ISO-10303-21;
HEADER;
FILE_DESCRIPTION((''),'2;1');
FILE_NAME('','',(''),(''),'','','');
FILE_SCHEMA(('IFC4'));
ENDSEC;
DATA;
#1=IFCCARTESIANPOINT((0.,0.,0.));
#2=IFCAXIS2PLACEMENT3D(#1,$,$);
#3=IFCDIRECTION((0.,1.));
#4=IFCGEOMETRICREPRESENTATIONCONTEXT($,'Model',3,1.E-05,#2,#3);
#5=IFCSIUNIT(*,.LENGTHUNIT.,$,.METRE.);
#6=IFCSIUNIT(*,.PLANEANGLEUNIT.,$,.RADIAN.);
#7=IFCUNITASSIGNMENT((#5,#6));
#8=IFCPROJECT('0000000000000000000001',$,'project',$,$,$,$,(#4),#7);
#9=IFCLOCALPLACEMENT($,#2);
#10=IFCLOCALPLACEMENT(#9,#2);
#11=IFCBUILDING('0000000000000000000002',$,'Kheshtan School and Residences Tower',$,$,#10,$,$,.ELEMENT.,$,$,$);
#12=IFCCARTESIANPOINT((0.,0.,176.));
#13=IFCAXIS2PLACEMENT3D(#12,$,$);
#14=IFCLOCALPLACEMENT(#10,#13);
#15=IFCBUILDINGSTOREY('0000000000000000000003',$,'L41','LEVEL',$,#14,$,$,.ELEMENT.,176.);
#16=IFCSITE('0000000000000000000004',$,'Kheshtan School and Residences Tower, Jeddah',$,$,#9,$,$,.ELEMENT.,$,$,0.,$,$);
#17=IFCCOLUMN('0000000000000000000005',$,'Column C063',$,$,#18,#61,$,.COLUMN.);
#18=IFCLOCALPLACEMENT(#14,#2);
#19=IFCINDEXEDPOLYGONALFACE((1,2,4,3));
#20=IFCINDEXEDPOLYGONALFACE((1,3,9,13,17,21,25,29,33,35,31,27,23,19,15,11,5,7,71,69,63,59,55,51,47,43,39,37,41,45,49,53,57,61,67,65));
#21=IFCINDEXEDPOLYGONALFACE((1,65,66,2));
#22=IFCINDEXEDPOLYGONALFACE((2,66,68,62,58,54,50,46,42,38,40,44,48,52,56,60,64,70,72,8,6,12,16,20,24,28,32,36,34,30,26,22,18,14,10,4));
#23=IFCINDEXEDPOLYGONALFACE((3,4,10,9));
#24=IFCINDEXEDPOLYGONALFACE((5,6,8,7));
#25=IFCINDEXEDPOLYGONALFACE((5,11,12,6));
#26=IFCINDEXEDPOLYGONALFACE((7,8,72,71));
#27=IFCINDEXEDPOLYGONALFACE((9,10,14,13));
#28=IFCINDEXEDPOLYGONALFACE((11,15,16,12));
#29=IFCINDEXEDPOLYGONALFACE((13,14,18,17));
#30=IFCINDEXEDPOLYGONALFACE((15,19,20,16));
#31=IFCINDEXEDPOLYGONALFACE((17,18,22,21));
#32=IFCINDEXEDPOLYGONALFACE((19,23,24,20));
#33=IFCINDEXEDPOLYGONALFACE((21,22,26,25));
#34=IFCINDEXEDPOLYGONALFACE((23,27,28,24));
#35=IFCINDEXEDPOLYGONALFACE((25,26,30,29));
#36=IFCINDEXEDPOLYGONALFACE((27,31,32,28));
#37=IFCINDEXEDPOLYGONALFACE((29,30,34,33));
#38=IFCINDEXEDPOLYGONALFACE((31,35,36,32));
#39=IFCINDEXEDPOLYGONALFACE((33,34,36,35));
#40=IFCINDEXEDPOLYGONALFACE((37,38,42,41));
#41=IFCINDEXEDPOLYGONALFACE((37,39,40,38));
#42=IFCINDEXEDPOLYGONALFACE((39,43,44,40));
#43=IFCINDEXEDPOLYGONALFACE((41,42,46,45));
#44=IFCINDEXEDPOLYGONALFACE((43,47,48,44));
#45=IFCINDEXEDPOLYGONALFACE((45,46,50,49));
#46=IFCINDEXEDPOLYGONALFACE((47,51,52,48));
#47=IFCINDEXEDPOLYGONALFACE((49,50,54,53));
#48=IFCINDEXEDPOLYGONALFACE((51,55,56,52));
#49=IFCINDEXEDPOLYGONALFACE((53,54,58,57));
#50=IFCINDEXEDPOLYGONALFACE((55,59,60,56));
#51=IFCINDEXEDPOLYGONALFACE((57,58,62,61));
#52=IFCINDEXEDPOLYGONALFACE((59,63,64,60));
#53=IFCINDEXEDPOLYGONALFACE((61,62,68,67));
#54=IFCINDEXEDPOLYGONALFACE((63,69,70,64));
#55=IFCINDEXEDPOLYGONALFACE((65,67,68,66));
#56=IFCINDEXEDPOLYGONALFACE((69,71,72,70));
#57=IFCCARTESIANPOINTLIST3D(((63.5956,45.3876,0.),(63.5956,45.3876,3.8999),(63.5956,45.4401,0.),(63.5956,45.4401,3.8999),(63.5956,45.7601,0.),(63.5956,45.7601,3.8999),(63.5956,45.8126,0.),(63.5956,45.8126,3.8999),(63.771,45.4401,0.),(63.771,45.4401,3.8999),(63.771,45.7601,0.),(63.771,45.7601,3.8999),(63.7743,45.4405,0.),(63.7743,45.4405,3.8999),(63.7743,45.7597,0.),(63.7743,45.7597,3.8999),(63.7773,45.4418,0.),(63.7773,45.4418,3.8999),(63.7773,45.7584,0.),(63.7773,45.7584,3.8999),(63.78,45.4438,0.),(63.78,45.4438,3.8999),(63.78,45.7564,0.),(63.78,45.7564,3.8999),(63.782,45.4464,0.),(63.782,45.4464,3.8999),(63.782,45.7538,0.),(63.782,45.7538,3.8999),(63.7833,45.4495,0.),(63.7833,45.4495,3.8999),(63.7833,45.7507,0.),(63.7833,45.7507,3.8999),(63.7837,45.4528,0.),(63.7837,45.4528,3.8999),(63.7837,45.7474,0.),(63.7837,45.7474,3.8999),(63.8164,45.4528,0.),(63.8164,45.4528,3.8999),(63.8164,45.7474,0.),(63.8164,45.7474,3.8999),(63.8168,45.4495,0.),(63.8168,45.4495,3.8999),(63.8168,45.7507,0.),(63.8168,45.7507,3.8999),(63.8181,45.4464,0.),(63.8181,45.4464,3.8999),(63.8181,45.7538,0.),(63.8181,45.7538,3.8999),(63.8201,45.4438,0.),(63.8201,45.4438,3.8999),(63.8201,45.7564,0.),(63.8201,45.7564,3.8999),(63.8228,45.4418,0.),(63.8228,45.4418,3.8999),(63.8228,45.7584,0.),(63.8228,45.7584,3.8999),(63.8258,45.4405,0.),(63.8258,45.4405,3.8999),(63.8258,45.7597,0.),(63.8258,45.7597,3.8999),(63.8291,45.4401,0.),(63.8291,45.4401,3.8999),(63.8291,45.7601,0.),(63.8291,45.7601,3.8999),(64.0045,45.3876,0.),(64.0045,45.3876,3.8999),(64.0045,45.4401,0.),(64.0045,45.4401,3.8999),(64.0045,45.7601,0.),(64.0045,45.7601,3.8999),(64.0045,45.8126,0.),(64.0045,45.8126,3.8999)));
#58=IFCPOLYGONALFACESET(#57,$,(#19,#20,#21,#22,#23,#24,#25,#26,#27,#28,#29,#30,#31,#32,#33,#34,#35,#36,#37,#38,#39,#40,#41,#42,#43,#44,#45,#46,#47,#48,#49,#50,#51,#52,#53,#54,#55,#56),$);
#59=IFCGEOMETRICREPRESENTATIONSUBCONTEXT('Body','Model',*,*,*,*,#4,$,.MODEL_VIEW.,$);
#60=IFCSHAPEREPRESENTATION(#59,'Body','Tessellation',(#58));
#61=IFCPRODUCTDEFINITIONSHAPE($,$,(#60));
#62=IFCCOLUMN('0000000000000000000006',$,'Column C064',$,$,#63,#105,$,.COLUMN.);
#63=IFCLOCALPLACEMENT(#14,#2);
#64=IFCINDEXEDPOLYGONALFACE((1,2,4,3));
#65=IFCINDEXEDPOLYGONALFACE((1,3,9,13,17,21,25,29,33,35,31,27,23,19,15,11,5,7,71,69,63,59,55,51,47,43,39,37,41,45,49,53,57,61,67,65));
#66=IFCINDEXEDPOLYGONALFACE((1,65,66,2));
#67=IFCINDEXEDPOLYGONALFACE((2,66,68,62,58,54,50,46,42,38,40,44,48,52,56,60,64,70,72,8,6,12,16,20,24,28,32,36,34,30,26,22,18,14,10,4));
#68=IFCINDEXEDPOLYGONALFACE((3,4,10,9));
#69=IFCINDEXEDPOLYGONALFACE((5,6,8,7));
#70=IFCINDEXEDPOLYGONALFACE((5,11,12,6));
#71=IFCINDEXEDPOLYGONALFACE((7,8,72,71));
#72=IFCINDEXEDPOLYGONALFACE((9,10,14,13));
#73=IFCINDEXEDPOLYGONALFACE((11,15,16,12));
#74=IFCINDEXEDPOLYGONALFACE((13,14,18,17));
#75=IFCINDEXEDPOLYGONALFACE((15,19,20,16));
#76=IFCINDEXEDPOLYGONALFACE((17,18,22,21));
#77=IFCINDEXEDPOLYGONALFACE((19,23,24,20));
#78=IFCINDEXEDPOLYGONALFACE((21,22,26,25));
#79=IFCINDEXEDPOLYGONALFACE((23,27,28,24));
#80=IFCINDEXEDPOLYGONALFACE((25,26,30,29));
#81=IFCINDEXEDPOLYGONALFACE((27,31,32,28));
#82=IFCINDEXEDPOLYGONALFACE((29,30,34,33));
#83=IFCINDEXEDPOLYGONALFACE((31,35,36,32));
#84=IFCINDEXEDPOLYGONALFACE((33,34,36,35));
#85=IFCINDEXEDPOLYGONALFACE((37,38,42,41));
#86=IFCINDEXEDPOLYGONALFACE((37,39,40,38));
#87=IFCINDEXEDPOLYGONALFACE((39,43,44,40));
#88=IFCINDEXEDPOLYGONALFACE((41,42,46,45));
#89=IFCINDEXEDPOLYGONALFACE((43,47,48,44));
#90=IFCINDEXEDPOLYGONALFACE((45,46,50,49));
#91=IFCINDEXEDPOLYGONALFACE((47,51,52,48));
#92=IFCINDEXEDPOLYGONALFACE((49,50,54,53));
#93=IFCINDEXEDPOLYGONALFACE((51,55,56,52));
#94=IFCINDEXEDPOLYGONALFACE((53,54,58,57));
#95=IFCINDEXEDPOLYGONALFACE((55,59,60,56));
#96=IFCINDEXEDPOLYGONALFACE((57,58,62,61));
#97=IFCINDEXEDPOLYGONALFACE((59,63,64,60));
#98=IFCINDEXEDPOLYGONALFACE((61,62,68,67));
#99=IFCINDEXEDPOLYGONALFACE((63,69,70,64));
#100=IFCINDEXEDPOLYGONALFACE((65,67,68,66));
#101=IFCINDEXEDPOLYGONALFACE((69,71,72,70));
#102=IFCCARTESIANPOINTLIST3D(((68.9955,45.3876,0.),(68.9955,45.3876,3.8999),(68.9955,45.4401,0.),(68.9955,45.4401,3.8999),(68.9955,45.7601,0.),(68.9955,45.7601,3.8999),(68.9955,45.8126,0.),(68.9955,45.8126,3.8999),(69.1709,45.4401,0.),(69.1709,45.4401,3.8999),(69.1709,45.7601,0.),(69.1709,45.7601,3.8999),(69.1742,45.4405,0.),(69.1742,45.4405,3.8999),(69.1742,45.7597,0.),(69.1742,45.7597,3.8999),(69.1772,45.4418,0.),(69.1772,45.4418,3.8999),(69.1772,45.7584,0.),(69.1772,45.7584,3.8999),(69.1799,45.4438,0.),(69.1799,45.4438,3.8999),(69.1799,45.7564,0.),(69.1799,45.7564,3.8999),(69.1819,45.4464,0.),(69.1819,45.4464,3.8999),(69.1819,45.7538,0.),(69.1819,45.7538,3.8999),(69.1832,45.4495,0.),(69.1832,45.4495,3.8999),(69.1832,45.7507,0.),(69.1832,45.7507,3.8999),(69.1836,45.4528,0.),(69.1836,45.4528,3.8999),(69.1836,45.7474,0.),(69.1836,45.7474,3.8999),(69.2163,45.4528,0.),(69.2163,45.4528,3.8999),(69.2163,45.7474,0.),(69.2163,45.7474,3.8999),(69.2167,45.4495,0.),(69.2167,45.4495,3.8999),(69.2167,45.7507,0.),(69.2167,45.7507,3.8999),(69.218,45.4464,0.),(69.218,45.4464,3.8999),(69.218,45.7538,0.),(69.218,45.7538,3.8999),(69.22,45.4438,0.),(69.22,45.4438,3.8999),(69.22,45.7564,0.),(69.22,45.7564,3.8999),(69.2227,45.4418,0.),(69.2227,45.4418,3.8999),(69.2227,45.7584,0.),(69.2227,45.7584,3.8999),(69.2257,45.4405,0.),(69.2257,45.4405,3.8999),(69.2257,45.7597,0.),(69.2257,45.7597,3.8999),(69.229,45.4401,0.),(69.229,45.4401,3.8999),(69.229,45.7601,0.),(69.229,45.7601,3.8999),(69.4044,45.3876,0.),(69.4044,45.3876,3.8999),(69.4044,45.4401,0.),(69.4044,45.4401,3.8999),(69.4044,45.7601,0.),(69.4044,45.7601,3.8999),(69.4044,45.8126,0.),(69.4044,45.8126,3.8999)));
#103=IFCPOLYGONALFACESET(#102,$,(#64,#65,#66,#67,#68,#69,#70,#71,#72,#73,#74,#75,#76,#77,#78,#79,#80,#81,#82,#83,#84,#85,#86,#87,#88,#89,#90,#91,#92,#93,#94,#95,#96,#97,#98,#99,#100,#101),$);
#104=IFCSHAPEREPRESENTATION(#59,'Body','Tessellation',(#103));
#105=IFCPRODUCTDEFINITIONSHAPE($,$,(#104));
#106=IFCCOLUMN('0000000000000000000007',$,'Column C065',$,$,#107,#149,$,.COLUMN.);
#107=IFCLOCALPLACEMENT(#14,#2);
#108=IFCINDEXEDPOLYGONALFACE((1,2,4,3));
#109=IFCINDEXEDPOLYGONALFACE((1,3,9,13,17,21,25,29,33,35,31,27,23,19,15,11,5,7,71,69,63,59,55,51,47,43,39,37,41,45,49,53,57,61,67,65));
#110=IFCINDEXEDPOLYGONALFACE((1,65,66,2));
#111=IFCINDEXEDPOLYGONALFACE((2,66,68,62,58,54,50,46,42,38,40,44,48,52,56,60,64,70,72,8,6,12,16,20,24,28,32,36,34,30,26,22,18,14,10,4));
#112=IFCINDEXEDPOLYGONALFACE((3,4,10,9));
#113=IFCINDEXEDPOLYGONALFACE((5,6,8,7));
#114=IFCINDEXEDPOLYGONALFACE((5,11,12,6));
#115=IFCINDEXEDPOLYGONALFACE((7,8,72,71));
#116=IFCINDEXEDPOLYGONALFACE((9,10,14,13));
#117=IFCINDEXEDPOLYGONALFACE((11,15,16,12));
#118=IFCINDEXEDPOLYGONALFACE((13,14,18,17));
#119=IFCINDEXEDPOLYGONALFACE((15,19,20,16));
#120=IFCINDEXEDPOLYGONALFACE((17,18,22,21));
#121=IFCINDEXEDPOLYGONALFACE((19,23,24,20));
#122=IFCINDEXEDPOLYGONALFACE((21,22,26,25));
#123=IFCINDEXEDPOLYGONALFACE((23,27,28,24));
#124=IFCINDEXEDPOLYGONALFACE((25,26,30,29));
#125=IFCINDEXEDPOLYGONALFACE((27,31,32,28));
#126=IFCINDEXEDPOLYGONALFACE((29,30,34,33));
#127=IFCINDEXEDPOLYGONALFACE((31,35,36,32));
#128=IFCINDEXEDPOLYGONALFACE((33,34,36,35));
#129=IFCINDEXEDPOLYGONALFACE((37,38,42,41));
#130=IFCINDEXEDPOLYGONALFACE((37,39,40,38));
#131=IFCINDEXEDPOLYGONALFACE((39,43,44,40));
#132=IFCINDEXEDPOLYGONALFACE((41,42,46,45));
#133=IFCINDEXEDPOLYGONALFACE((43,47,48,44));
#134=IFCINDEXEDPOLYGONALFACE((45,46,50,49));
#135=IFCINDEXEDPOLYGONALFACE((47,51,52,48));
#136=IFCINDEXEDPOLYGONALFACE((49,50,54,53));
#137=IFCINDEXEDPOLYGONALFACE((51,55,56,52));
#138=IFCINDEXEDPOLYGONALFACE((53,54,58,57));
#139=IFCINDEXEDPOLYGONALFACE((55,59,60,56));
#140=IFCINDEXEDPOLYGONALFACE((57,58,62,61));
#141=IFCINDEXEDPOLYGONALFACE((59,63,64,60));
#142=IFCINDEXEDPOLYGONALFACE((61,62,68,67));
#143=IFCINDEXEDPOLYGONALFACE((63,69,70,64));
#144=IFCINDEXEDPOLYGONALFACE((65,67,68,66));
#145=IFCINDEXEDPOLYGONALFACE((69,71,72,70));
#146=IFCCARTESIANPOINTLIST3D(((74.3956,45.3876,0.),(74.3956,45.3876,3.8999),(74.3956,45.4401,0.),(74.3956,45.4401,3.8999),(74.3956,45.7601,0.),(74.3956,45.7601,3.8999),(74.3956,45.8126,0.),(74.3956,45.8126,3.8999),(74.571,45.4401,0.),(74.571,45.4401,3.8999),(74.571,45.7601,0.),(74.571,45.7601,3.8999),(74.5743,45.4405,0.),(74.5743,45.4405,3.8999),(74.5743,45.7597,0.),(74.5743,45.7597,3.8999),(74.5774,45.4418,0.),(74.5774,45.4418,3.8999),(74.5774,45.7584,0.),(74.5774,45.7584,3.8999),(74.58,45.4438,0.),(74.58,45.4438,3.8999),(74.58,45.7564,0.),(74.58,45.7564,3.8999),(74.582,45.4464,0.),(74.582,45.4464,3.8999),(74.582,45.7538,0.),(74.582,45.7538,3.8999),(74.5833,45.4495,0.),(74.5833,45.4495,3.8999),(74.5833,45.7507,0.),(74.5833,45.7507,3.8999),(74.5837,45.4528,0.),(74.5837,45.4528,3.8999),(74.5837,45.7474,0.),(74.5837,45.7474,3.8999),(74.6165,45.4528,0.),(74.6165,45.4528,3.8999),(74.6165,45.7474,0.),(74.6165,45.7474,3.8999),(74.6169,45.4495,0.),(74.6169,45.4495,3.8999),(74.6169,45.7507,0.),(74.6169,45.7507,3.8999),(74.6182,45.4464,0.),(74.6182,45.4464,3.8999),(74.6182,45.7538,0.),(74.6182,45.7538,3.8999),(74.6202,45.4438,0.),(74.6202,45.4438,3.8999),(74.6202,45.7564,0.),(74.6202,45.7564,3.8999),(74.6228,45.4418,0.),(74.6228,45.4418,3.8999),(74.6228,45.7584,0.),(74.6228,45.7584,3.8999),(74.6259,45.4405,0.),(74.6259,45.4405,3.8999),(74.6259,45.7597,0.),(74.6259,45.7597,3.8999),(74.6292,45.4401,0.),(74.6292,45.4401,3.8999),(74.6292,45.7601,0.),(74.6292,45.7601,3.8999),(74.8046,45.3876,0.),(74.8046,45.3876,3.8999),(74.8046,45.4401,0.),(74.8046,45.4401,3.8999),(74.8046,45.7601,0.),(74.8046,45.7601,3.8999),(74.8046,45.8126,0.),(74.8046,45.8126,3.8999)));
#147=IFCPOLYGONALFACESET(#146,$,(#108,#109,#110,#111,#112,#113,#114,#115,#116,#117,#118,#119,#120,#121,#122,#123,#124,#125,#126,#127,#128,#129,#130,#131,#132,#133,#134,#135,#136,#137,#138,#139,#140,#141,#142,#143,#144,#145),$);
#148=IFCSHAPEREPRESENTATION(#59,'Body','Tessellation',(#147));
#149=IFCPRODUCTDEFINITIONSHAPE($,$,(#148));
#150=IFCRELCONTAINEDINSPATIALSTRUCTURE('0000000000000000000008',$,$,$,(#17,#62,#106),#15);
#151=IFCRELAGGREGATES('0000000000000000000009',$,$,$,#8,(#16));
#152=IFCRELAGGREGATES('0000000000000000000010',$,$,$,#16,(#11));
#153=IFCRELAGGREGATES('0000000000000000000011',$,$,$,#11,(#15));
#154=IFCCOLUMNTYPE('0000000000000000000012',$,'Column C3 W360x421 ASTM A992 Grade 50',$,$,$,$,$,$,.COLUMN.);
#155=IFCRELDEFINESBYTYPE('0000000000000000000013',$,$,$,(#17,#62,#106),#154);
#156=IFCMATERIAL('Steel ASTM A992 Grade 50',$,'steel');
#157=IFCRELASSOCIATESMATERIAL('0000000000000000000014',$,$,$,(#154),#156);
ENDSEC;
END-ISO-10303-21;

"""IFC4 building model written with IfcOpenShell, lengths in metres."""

from ifc_helpers import new_model, si_unit, direction, frame, origin, origin_2d, place, context, subcontext, project, spatial, i_section, extrude, material, material_profile, profile_set, type_object, element, save


model = new_model("IFC4")

# Units and contexts
model_context = context("Model", 3, precision=1e-05, world=origin(), true_north=direction((0.0, 1.0)))
body_context = subcontext(model_context, "Body", "Model", "MODEL_VIEW")
ifc_project = project(units=[si_unit("LENGTHUNIT", "METRE"), si_unit("PLANEANGLEUNIT", "RADIAN")], contexts=[model_context])

# Site, building, storey
site_placement = place(None, origin())
site = spatial("IfcSite", under=ifc_project, at=site_placement, Name="Kheshtan School and Residences Tower, Jeddah", CompositionType="ELEMENT", RefElevation=0.0)
building_placement = place(site_placement, origin())
building = spatial("IfcBuilding", under=site, at=building_placement, Name="Kheshtan School and Residences Tower", CompositionType="ELEMENT")
storey_placement = place(building_placement, frame((0.0, 0.0, 176.0)))
storey = spatial("IfcBuildingStorey", under=building, at=storey_placement, Name="L41", Description="LEVEL", CompositionType="ELEMENT", Elevation=176.0)

# Columns
ifc_material_1 = material(Name="Steel ASTM A992 Grade 50", Category="steel")
ifc_material_profile_1 = material_profile(ifc_material_1, i_section(OverallWidth=0.4089, OverallDepth=0.425, WebThickness=0.0327, FlangeThickness=0.0525, FilletRadius=0.0127, at=origin_2d()), Name="W360x421")
ifc_profile_set_1 = profile_set([ifc_material_profile_1], Name="Steel ASTM A992 Grade 50")
column_type_1 = type_object("IfcColumnType", Name="Column C3 W360x421 ASTM A992 Grade 50", PredefinedType="COLUMN", material=ifc_profile_set_1)
for number, where, z_axis, x_axis, name in (
    (1, (63.8, 45.6001, 0.0), (0.0, 0.0, 1.0), (1.0, 0.0, 0.0), "Column C063"),
    (2, (69.2, 45.6001, 0.0), (0.0, 0.0, 1.0), (1.0, 0.0, 0.0), "Column C064"),
    (3, (74.6001, 45.6001, 0.0), (0.0, 0.0, 1.0), (1.0, 0.0, 0.0), "Column C065"),
):
    element("IfcColumn", number, at=place(storey_placement, frame(where, z_axis=z_axis, x_axis=x_axis)), inside=storey, type_object=column_type_1, Name=name, PredefinedType="COLUMN", context=body_context, shape_type="SweptSolid", body=[
        extrude(i_section(OverallWidth=0.4089, OverallDepth=0.425, WebThickness=0.0327, FlangeThickness=0.0525, FilletRadius=0.0127, at=origin_2d()), origin(), (0.0, 0.0, 1.0), 3.8999),
    ])

save(model, "model.ifc")
